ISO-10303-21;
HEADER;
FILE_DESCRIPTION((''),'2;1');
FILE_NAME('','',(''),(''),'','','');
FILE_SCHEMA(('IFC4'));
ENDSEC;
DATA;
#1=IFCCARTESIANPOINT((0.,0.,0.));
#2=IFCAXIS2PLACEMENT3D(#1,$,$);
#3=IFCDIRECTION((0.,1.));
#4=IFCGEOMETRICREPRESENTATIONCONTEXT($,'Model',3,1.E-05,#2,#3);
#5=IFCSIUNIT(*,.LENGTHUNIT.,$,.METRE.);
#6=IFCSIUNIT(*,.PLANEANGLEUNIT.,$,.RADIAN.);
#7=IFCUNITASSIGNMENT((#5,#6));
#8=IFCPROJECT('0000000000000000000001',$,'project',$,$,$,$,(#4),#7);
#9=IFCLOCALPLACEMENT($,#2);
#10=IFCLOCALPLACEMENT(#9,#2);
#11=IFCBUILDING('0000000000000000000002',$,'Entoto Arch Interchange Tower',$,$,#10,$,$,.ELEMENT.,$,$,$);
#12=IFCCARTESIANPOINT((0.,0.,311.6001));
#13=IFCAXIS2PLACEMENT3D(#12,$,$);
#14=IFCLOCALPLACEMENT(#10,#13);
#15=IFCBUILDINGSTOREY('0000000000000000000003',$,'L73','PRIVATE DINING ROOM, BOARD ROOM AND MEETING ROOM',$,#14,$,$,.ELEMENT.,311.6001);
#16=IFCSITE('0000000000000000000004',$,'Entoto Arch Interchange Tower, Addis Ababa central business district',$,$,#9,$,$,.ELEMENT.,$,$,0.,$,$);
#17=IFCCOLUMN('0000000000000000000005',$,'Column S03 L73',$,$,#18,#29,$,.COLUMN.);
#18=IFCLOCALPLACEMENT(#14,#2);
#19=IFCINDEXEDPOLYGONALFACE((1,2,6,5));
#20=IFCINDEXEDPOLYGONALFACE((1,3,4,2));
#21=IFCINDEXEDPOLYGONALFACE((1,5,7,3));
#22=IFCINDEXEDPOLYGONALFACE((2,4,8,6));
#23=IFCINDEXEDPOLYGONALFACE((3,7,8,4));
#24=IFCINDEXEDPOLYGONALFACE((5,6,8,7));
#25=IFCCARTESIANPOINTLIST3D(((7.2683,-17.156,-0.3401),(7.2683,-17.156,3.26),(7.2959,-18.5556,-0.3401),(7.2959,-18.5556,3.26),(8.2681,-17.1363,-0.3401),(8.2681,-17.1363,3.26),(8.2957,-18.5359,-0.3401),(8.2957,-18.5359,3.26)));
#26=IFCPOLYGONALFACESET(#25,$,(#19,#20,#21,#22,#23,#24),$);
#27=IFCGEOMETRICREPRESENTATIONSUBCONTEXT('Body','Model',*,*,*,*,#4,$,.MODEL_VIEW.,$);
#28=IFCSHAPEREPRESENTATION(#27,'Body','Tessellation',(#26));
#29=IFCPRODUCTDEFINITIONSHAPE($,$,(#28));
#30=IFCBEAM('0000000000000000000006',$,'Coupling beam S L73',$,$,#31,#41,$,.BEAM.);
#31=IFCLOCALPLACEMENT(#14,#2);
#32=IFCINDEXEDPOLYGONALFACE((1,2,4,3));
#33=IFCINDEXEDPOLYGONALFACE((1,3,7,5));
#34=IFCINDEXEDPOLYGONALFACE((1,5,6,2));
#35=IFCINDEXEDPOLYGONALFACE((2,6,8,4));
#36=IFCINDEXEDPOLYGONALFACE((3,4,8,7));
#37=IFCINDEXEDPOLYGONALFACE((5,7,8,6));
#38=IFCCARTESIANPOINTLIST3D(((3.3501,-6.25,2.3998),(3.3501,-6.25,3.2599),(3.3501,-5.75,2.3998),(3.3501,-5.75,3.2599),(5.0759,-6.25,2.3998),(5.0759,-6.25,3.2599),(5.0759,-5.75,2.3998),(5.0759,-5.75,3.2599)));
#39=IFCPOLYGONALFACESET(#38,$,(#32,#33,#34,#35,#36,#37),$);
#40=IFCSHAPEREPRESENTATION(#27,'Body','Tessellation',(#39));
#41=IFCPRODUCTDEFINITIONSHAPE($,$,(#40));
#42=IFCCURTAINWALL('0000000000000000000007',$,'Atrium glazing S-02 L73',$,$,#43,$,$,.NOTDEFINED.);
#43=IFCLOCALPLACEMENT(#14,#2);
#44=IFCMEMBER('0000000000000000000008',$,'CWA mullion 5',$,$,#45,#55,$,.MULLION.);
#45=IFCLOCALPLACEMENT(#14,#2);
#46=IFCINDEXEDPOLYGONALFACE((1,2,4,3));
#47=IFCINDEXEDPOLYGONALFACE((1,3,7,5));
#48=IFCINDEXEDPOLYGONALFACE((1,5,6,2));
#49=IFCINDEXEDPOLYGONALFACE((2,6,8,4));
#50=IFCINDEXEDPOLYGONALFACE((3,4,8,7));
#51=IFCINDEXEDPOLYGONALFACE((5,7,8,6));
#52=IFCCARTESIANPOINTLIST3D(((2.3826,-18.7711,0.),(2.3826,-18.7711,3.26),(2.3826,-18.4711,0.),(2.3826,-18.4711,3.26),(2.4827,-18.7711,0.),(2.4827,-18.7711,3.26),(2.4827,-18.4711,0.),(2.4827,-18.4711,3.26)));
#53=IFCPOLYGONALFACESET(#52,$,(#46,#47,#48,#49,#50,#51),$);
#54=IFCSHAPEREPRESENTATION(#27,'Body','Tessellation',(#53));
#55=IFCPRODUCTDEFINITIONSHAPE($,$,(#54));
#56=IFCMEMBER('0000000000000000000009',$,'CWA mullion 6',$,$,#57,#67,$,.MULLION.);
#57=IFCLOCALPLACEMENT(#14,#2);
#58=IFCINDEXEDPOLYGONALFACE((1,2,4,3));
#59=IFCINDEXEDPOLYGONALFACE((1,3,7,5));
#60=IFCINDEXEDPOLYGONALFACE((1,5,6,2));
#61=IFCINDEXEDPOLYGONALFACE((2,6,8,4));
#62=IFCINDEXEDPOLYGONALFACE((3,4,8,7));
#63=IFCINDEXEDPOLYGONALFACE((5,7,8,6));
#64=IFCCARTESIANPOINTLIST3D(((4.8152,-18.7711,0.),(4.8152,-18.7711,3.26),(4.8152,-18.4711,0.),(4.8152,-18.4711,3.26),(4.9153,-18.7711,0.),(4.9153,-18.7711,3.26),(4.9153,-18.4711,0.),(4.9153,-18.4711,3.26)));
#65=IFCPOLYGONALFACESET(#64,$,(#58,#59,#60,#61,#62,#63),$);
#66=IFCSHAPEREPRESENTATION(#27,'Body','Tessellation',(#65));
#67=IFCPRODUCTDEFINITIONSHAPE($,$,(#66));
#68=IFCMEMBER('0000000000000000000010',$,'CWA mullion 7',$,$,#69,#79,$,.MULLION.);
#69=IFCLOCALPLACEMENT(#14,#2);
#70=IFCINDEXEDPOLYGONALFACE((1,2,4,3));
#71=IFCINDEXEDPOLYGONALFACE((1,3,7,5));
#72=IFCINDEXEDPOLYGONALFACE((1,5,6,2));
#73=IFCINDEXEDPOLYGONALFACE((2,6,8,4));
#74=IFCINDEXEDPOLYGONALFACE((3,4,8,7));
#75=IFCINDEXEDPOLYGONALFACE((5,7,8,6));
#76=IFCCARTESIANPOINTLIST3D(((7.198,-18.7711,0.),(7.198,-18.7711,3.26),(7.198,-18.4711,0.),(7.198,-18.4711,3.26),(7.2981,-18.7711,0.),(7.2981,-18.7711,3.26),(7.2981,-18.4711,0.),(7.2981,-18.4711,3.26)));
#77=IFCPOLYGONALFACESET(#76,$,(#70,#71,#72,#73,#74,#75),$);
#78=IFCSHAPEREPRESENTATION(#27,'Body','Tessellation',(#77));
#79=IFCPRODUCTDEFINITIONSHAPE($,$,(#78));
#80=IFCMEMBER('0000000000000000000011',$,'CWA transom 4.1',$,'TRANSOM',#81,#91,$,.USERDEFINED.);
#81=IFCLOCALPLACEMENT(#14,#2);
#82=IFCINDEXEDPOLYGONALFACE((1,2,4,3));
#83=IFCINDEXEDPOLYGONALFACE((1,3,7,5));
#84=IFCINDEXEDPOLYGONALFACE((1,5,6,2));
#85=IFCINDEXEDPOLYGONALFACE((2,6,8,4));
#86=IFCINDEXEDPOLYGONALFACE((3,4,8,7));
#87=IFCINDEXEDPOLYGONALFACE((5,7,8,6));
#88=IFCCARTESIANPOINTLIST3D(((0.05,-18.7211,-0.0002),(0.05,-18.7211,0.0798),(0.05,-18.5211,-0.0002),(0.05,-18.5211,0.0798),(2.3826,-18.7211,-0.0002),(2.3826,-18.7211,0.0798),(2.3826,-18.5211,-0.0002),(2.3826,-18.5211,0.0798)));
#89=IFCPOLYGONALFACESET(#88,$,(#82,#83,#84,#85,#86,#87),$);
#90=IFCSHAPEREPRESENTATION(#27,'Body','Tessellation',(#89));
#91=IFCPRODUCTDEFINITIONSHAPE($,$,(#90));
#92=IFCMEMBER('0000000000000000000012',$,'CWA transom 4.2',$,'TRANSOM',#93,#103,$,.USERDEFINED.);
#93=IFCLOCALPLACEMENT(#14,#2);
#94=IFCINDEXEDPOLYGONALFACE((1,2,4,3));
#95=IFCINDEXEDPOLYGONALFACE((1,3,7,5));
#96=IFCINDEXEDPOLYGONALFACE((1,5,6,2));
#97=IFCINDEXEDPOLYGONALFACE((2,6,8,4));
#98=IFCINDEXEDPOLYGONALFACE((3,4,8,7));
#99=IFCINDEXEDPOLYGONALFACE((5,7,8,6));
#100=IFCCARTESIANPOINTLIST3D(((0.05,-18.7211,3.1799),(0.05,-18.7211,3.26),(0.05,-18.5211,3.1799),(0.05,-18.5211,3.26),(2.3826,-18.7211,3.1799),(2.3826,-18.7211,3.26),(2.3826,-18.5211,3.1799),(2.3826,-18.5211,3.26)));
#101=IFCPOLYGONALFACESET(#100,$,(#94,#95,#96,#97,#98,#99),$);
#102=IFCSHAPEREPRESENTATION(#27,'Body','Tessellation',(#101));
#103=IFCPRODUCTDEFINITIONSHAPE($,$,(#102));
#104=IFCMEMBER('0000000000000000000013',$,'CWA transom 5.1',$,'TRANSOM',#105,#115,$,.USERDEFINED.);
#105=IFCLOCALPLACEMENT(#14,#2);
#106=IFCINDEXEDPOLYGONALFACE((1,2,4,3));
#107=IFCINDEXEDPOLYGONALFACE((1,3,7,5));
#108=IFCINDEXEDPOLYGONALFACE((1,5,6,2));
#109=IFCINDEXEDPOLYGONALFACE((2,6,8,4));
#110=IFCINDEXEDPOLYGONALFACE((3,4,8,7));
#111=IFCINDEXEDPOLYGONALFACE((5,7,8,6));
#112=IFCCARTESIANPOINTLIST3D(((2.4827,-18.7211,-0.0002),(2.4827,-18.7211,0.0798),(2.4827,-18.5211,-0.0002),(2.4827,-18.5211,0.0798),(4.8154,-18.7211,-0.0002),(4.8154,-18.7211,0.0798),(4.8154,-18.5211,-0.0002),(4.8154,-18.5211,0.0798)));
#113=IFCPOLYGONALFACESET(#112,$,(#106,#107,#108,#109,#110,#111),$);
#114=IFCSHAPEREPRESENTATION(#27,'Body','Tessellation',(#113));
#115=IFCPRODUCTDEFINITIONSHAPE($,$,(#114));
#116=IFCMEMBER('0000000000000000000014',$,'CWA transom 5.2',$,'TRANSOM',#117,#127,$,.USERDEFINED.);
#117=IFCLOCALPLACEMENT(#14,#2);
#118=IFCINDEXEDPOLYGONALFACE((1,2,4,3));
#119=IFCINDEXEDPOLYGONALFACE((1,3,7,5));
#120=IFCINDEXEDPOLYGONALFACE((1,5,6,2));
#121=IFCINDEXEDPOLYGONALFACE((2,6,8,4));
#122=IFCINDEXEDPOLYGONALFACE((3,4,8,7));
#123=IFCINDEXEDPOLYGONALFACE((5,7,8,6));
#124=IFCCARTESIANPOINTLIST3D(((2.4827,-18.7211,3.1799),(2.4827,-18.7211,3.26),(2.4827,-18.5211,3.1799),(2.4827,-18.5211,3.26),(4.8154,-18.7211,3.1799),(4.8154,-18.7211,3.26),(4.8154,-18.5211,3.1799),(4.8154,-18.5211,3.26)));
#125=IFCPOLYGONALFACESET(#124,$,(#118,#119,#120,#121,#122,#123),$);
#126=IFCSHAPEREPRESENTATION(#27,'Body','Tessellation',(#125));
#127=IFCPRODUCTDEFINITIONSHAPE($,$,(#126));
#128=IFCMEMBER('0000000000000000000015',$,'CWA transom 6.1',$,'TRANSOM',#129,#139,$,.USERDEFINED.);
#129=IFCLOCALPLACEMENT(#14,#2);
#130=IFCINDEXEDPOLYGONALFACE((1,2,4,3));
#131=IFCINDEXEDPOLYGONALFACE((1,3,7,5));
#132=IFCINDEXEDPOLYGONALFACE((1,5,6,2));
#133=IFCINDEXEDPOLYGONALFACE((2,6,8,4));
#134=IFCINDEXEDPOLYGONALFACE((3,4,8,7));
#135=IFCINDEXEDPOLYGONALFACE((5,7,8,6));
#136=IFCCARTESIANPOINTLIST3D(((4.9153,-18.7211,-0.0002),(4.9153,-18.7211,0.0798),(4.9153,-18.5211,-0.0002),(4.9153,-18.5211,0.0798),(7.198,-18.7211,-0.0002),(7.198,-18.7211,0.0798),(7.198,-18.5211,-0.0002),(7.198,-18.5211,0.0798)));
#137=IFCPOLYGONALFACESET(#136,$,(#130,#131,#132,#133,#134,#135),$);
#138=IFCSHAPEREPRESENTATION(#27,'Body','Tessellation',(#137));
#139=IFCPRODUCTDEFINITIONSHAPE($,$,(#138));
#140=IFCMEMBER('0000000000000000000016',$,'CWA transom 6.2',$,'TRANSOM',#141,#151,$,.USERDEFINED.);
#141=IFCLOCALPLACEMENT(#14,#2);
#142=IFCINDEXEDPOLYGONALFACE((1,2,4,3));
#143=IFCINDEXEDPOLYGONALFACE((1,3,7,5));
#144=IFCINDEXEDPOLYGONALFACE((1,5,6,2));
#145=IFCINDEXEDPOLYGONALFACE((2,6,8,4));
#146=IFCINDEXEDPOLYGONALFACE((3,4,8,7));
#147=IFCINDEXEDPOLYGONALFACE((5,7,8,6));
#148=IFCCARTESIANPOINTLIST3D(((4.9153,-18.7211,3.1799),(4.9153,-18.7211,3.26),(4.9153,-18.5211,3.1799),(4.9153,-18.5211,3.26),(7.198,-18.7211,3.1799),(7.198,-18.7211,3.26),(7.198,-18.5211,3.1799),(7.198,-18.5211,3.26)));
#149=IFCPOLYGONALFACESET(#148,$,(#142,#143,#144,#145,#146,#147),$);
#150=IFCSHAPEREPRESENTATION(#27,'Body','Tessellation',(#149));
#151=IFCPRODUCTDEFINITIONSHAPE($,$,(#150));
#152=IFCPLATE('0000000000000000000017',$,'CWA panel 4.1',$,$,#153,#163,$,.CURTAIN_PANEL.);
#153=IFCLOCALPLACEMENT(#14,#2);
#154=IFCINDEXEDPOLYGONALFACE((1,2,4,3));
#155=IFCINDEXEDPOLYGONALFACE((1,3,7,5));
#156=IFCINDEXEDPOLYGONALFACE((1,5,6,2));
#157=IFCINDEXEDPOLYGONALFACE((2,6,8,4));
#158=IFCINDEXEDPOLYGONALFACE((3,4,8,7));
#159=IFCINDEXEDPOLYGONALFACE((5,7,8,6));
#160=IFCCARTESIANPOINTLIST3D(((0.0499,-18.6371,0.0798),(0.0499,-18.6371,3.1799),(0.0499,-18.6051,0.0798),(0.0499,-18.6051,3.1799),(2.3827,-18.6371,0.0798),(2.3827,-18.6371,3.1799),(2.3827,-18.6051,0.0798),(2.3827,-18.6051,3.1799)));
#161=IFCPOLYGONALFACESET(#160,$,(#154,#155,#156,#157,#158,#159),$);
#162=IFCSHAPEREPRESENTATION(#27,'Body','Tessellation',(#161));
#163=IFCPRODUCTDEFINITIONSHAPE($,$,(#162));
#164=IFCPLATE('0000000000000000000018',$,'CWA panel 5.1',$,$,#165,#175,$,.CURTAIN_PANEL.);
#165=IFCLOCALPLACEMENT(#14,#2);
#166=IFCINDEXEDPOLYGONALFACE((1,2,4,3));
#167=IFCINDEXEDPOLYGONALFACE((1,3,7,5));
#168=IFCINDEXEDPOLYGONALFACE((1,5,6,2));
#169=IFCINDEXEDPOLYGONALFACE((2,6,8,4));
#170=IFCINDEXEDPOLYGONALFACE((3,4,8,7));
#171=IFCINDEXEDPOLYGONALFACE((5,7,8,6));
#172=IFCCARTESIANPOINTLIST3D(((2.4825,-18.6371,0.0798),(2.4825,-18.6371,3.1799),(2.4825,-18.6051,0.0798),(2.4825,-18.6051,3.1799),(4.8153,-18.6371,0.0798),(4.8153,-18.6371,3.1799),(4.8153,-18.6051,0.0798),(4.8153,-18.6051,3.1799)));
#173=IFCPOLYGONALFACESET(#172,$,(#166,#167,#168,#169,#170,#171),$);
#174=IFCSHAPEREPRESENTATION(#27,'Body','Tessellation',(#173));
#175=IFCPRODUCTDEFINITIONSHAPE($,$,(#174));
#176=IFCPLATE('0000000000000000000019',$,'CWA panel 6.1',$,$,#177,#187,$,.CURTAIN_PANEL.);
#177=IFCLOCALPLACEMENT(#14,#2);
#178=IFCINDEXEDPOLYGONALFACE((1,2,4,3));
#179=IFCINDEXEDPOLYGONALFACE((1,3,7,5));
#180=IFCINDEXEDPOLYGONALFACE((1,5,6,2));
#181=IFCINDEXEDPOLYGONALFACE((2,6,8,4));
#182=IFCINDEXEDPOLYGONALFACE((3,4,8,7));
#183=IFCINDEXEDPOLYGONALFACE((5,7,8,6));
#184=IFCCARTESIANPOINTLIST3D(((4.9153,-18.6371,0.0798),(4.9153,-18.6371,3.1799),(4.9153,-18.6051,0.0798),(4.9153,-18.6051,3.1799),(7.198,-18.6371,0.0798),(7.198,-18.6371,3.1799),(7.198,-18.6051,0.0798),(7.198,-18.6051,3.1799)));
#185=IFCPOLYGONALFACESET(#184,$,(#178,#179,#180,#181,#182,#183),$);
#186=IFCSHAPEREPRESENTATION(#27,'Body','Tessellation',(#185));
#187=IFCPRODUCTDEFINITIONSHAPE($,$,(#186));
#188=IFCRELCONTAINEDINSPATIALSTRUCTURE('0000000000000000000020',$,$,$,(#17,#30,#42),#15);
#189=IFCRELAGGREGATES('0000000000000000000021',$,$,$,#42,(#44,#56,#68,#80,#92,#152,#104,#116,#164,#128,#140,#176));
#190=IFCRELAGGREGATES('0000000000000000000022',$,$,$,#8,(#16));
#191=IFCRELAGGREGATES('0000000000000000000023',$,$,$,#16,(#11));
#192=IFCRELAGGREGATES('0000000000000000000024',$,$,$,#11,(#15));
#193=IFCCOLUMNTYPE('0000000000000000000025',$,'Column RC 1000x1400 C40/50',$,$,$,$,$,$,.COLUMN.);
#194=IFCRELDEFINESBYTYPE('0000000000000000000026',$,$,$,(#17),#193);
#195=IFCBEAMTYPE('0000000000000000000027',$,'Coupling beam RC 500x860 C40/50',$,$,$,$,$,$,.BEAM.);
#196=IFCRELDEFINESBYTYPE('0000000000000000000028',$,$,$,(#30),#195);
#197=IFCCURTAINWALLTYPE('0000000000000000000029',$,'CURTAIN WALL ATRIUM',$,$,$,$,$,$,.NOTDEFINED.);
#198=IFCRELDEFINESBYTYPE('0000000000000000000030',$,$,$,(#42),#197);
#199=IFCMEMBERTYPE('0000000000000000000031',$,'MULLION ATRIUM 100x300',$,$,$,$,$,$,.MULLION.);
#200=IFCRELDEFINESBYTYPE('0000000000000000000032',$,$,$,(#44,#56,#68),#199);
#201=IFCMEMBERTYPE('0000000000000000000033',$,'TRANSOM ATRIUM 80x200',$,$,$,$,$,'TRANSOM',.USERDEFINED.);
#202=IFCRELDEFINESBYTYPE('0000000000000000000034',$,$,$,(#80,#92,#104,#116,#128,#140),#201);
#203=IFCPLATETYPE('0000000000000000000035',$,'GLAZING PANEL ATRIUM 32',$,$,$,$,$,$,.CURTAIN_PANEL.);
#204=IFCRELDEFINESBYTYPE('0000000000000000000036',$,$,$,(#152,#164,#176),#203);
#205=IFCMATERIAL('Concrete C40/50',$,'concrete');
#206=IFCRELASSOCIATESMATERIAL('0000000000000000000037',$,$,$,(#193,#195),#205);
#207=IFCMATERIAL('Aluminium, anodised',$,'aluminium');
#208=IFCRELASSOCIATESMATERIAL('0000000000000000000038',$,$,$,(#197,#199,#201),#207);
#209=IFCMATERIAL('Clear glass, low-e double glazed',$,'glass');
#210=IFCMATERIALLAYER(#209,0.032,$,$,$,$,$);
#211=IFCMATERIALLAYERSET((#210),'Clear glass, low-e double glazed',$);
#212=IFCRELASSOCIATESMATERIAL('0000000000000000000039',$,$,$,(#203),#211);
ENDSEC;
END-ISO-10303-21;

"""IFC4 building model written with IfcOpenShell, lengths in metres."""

from ifc_helpers import new_model, si_unit, direction, frame, origin, origin_2d, place, context, subcontext, project, spatial, rectangle, extrude, material, layer, layer_set, material_profile, profile_set, type_object, element, aggregate, save


model = new_model("IFC4")

# Units and contexts
model_context = context("Model", 3, precision=1e-05, world=origin(), true_north=direction((0.0, 1.0)))
body_context = subcontext(model_context, "Body", "Model", "MODEL_VIEW")
ifc_project = project(units=[si_unit("LENGTHUNIT", "METRE"), si_unit("PLANEANGLEUNIT", "RADIAN")], contexts=[model_context])

# Site, building, storey
site_placement = place(None, origin())
site = spatial("IfcSite", under=ifc_project, at=site_placement, Name="Entoto Arch Interchange Tower, Addis Ababa central business district", CompositionType="ELEMENT", RefElevation=0.0)
building_placement = place(site_placement, origin())
building = spatial("IfcBuilding", under=site, at=building_placement, Name="Entoto Arch Interchange Tower", CompositionType="ELEMENT")
storey_placement = place(building_placement, frame((0.0, 0.0, 311.6001)))
storey = spatial("IfcBuildingStorey", under=building, at=storey_placement, Name="L73", Description="PRIVATE DINING ROOM, BOARD ROOM AND MEETING ROOM", CompositionType="ELEMENT", Elevation=311.6001)

# Column
ifc_material_1 = material(Name="Concrete C40/50", Category="concrete")
ifc_material_profile_1 = material_profile(ifc_material_1, rectangle(XDim=1.0, YDim=1.3999, at=origin_2d()))
ifc_profile_set_1 = profile_set([ifc_material_profile_1], Name="Concrete C40/50")
column_type = type_object("IfcColumnType", Name="Column RC 1000x1400 C40/50", PredefinedType="COLUMN", material=ifc_profile_set_1)
column_placement = place(storey_placement, frame((7.782, -17.8459, -0.3401), z_axis=(0.0, 0.0, 1.0), x_axis=(0.999806, 0.019721, 0.0)))
element("IfcColumn", 1, at=column_placement, inside=storey, type_object=column_type, Name="Column S03 L73", PredefinedType="COLUMN", context=body_context, shape_type="SweptSolid", body=[
    extrude(rectangle(XDim=1.0, YDim=1.3999, at=origin_2d()), origin(), (0.0, 0.0, 1.0), 3.6001),
])

# Beam
ifc_material_profile_2 = material_profile(ifc_material_1, rectangle(XDim=0.5, YDim=0.8601, at=origin_2d()))
ifc_profile_set_2 = profile_set([ifc_material_profile_2], Name="Concrete C40/50")
beam_type = type_object("IfcBeamType", Name="Coupling beam RC 500x860 C40/50", PredefinedType="BEAM", material=ifc_profile_set_2)
beam_placement = place(storey_placement, frame((3.3501, -6.0, 2.8298), z_axis=(1.0, 0.0, 0.0), x_axis=(0.0, 1.0, 0.0)))
element("IfcBeam", 2, at=beam_placement, inside=storey, type_object=beam_type, Name="Coupling beam S L73", PredefinedType="BEAM", context=body_context, shape_type="SweptSolid", body=[
    extrude(rectangle(XDim=0.5, YDim=0.8601, at=origin_2d()), origin(), (0.0, 0.0, 1.0), 1.7258),
])

# Curtain wall, members, plates
ifc_material_2 = material(Name="Aluminium, anodised", Category="aluminium")
curtain_wall_type = type_object("IfcCurtainWallType", Name="CURTAIN WALL ATRIUM", PredefinedType="NOTDEFINED", material=ifc_material_2)
curtain_wall_placement = place(storey_placement, origin())
curtain_wall = element("IfcCurtainWall", 3, at=curtain_wall_placement, inside=storey, type_object=curtain_wall_type, Name="Atrium glazing S-02 L73", PredefinedType="NOTDEFINED")
ifc_material_profile_3 = material_profile(ifc_material_2, rectangle(XDim=0.3, YDim=0.1001, at=origin_2d()))
ifc_profile_set_3 = profile_set([ifc_material_profile_3], Name="Aluminium, anodised")
member_type_1 = type_object("IfcMemberType", Name="MULLION ATRIUM 100x300", PredefinedType="MULLION", material=ifc_profile_set_3)
member_1_placement = place(storey_placement, frame((2.4326, -18.6211, 0.0), z_axis=(0.0, 0.0, 1.0), x_axis=(0.0, 1.0, 0.0)))
member_1 = element("IfcMember", 4, at=member_1_placement, type_object=member_type_1, Name="CWA mullion 5", PredefinedType="MULLION", context=body_context, shape_type="SweptSolid", body=[
    extrude(rectangle(XDim=0.3, YDim=0.1001, at=origin_2d()), origin(), (0.0, 0.0, 1.0), 3.26),
])
member_2_placement = place(storey_placement, frame((4.8652, -18.6211, 0.0), z_axis=(0.0, 0.0, 1.0), x_axis=(0.0, 1.0, 0.0)))
member_2 = element("IfcMember", 5, at=member_2_placement, type_object=member_type_1, Name="CWA mullion 6", PredefinedType="MULLION", context=body_context, shape_type="SweptSolid", body=[
    extrude(rectangle(XDim=0.3, YDim=0.1001, at=origin_2d()), origin(), (0.0, 0.0, 1.0), 3.26),
])
member_3_placement = place(storey_placement, frame((7.248, -18.6211, 0.0), z_axis=(0.0, 0.0, 1.0), x_axis=(0.0, 1.0, 0.0)))
member_3 = element("IfcMember", 6, at=member_3_placement, type_object=member_type_1, Name="CWA mullion 7", PredefinedType="MULLION", context=body_context, shape_type="SweptSolid", body=[
    extrude(rectangle(XDim=0.3, YDim=0.1001, at=origin_2d()), origin(), (0.0, 0.0, 1.0), 3.26),
])
ifc_material_profile_4 = material_profile(ifc_material_2, rectangle(XDim=0.2, YDim=0.0801, at=origin_2d()))
ifc_profile_set_4 = profile_set([ifc_material_profile_4], Name="Aluminium, anodised")
member_type_2 = type_object("IfcMemberType", Name="TRANSOM ATRIUM 80x200", ElementType="TRANSOM", PredefinedType="USERDEFINED", material=ifc_profile_set_4)
member_4_placement = place(storey_placement, frame((0.05, -18.6211, 0.0398), z_axis=(1.0, 0.0, 0.0), x_axis=(0.0, 1.0, 0.0)))
member_4 = element("IfcMember", 7, at=member_4_placement, type_object=member_type_2, Name="CWA transom 4.1", ObjectType="TRANSOM", PredefinedType="USERDEFINED", context=body_context, shape_type="SweptSolid", body=[
    extrude(rectangle(XDim=0.2, YDim=0.0801, at=origin_2d()), origin(), (0.0, 0.0, 1.0), 2.3325),
])
member_5_placement = place(storey_placement, frame((0.05, -18.6211, 3.22), z_axis=(1.0, 0.0, 0.0), x_axis=(0.0, 1.0, 0.0)))
member_5 = element("IfcMember", 8, at=member_5_placement, type_object=member_type_2, Name="CWA transom 4.2", ObjectType="TRANSOM", PredefinedType="USERDEFINED", context=body_context, shape_type="SweptSolid", body=[
    extrude(rectangle(XDim=0.2, YDim=0.0801, at=origin_2d()), origin(), (0.0, 0.0, 1.0), 2.3325),
])
member_6_placement = place(storey_placement, frame((2.4827, -18.6211, 0.0398), z_axis=(1.0, 0.0, 0.0), x_axis=(0.0, 1.0, 0.0)))
member_6 = element("IfcMember", 9, at=member_6_placement, type_object=member_type_2, Name="CWA transom 5.1", ObjectType="TRANSOM", PredefinedType="USERDEFINED", context=body_context, shape_type="SweptSolid", body=[
    extrude(rectangle(XDim=0.2, YDim=0.0801, at=origin_2d()), origin(), (0.0, 0.0, 1.0), 2.3328),
])
member_7_placement = place(storey_placement, frame((2.4827, -18.6211, 3.22), z_axis=(1.0, 0.0, 0.0), x_axis=(0.0, 1.0, 0.0)))
member_7 = element("IfcMember", 10, at=member_7_placement, type_object=member_type_2, Name="CWA transom 5.2", ObjectType="TRANSOM", PredefinedType="USERDEFINED", context=body_context, shape_type="SweptSolid", body=[
    extrude(rectangle(XDim=0.2, YDim=0.0801, at=origin_2d()), origin(), (0.0, 0.0, 1.0), 2.3328),
])
member_8_placement = place(storey_placement, frame((4.9153, -18.6211, 0.0398), z_axis=(1.0, 0.0, 0.0), x_axis=(0.0, 1.0, 0.0)))
member_8 = element("IfcMember", 11, at=member_8_placement, type_object=member_type_2, Name="CWA transom 6.1", ObjectType="TRANSOM", PredefinedType="USERDEFINED", context=body_context, shape_type="SweptSolid", body=[
    extrude(rectangle(XDim=0.2, YDim=0.0801, at=origin_2d()), origin(), (0.0, 0.0, 1.0), 2.2827),
])
member_9_placement = place(storey_placement, frame((4.9153, -18.6211, 3.22), z_axis=(1.0, 0.0, 0.0), x_axis=(0.0, 1.0, 0.0)))
member_9 = element("IfcMember", 12, at=member_9_placement, type_object=member_type_2, Name="CWA transom 6.2", ObjectType="TRANSOM", PredefinedType="USERDEFINED", context=body_context, shape_type="SweptSolid", body=[
    extrude(rectangle(XDim=0.2, YDim=0.0801, at=origin_2d()), origin(), (0.0, 0.0, 1.0), 2.2827),
])
ifc_material_3 = material(Name="Clear glass, low-e double glazed", Category="glass")
ifc_layer_1 = layer(ifc_material_3, 0.032)
ifc_layer_set_1 = layer_set([ifc_layer_1], Name="Clear glass, low-e double glazed")
plate_type = type_object("IfcPlateType", Name="GLAZING PANEL ATRIUM 32", PredefinedType="CURTAIN_PANEL", material=ifc_layer_set_1)
plate_1_placement = place(storey_placement, frame((1.2163, -18.6211, 0.0798), z_axis=(0.0, 0.0, 1.0), x_axis=(1.0, 0.0, 0.0)))
plate_1 = element("IfcPlate", 13, at=plate_1_placement, type_object=plate_type, Name="CWA panel 4.1", PredefinedType="CURTAIN_PANEL", context=body_context, shape_type="SweptSolid", body=[
    extrude(rectangle(XDim=2.3328, YDim=0.032, at=origin_2d()), origin(), (0.0, 0.0, 1.0), 3.1001),
])
plate_2_placement = place(storey_placement, frame((3.6489, -18.6211, 0.0798), z_axis=(0.0, 0.0, 1.0), x_axis=(1.0, 0.0, 0.0)))
plate_2 = element("IfcPlate", 14, at=plate_2_placement, type_object=plate_type, Name="CWA panel 5.1", PredefinedType="CURTAIN_PANEL", context=body_context, shape_type="SweptSolid", body=[
    extrude(rectangle(XDim=2.3328, YDim=0.032, at=origin_2d()), origin(), (0.0, 0.0, 1.0), 3.1001),
])
plate_3_placement = place(storey_placement, frame((6.0566, -18.6211, 0.0798), z_axis=(0.0, 0.0, 1.0), x_axis=(1.0, 0.0, 0.0)))
plate_3 = element("IfcPlate", 15, at=plate_3_placement, type_object=plate_type, Name="CWA panel 6.1", PredefinedType="CURTAIN_PANEL", context=body_context, shape_type="SweptSolid", body=[
    extrude(rectangle(XDim=2.2827, YDim=0.032, at=origin_2d()), origin(), (0.0, 0.0, 1.0), 3.1001),
])
aggregate(curtain_wall, [member_1, member_2, member_3, member_4, member_5, plate_1, member_6, member_7, plate_2, member_8, member_9, plate_3])

save(model, "model.ifc")
